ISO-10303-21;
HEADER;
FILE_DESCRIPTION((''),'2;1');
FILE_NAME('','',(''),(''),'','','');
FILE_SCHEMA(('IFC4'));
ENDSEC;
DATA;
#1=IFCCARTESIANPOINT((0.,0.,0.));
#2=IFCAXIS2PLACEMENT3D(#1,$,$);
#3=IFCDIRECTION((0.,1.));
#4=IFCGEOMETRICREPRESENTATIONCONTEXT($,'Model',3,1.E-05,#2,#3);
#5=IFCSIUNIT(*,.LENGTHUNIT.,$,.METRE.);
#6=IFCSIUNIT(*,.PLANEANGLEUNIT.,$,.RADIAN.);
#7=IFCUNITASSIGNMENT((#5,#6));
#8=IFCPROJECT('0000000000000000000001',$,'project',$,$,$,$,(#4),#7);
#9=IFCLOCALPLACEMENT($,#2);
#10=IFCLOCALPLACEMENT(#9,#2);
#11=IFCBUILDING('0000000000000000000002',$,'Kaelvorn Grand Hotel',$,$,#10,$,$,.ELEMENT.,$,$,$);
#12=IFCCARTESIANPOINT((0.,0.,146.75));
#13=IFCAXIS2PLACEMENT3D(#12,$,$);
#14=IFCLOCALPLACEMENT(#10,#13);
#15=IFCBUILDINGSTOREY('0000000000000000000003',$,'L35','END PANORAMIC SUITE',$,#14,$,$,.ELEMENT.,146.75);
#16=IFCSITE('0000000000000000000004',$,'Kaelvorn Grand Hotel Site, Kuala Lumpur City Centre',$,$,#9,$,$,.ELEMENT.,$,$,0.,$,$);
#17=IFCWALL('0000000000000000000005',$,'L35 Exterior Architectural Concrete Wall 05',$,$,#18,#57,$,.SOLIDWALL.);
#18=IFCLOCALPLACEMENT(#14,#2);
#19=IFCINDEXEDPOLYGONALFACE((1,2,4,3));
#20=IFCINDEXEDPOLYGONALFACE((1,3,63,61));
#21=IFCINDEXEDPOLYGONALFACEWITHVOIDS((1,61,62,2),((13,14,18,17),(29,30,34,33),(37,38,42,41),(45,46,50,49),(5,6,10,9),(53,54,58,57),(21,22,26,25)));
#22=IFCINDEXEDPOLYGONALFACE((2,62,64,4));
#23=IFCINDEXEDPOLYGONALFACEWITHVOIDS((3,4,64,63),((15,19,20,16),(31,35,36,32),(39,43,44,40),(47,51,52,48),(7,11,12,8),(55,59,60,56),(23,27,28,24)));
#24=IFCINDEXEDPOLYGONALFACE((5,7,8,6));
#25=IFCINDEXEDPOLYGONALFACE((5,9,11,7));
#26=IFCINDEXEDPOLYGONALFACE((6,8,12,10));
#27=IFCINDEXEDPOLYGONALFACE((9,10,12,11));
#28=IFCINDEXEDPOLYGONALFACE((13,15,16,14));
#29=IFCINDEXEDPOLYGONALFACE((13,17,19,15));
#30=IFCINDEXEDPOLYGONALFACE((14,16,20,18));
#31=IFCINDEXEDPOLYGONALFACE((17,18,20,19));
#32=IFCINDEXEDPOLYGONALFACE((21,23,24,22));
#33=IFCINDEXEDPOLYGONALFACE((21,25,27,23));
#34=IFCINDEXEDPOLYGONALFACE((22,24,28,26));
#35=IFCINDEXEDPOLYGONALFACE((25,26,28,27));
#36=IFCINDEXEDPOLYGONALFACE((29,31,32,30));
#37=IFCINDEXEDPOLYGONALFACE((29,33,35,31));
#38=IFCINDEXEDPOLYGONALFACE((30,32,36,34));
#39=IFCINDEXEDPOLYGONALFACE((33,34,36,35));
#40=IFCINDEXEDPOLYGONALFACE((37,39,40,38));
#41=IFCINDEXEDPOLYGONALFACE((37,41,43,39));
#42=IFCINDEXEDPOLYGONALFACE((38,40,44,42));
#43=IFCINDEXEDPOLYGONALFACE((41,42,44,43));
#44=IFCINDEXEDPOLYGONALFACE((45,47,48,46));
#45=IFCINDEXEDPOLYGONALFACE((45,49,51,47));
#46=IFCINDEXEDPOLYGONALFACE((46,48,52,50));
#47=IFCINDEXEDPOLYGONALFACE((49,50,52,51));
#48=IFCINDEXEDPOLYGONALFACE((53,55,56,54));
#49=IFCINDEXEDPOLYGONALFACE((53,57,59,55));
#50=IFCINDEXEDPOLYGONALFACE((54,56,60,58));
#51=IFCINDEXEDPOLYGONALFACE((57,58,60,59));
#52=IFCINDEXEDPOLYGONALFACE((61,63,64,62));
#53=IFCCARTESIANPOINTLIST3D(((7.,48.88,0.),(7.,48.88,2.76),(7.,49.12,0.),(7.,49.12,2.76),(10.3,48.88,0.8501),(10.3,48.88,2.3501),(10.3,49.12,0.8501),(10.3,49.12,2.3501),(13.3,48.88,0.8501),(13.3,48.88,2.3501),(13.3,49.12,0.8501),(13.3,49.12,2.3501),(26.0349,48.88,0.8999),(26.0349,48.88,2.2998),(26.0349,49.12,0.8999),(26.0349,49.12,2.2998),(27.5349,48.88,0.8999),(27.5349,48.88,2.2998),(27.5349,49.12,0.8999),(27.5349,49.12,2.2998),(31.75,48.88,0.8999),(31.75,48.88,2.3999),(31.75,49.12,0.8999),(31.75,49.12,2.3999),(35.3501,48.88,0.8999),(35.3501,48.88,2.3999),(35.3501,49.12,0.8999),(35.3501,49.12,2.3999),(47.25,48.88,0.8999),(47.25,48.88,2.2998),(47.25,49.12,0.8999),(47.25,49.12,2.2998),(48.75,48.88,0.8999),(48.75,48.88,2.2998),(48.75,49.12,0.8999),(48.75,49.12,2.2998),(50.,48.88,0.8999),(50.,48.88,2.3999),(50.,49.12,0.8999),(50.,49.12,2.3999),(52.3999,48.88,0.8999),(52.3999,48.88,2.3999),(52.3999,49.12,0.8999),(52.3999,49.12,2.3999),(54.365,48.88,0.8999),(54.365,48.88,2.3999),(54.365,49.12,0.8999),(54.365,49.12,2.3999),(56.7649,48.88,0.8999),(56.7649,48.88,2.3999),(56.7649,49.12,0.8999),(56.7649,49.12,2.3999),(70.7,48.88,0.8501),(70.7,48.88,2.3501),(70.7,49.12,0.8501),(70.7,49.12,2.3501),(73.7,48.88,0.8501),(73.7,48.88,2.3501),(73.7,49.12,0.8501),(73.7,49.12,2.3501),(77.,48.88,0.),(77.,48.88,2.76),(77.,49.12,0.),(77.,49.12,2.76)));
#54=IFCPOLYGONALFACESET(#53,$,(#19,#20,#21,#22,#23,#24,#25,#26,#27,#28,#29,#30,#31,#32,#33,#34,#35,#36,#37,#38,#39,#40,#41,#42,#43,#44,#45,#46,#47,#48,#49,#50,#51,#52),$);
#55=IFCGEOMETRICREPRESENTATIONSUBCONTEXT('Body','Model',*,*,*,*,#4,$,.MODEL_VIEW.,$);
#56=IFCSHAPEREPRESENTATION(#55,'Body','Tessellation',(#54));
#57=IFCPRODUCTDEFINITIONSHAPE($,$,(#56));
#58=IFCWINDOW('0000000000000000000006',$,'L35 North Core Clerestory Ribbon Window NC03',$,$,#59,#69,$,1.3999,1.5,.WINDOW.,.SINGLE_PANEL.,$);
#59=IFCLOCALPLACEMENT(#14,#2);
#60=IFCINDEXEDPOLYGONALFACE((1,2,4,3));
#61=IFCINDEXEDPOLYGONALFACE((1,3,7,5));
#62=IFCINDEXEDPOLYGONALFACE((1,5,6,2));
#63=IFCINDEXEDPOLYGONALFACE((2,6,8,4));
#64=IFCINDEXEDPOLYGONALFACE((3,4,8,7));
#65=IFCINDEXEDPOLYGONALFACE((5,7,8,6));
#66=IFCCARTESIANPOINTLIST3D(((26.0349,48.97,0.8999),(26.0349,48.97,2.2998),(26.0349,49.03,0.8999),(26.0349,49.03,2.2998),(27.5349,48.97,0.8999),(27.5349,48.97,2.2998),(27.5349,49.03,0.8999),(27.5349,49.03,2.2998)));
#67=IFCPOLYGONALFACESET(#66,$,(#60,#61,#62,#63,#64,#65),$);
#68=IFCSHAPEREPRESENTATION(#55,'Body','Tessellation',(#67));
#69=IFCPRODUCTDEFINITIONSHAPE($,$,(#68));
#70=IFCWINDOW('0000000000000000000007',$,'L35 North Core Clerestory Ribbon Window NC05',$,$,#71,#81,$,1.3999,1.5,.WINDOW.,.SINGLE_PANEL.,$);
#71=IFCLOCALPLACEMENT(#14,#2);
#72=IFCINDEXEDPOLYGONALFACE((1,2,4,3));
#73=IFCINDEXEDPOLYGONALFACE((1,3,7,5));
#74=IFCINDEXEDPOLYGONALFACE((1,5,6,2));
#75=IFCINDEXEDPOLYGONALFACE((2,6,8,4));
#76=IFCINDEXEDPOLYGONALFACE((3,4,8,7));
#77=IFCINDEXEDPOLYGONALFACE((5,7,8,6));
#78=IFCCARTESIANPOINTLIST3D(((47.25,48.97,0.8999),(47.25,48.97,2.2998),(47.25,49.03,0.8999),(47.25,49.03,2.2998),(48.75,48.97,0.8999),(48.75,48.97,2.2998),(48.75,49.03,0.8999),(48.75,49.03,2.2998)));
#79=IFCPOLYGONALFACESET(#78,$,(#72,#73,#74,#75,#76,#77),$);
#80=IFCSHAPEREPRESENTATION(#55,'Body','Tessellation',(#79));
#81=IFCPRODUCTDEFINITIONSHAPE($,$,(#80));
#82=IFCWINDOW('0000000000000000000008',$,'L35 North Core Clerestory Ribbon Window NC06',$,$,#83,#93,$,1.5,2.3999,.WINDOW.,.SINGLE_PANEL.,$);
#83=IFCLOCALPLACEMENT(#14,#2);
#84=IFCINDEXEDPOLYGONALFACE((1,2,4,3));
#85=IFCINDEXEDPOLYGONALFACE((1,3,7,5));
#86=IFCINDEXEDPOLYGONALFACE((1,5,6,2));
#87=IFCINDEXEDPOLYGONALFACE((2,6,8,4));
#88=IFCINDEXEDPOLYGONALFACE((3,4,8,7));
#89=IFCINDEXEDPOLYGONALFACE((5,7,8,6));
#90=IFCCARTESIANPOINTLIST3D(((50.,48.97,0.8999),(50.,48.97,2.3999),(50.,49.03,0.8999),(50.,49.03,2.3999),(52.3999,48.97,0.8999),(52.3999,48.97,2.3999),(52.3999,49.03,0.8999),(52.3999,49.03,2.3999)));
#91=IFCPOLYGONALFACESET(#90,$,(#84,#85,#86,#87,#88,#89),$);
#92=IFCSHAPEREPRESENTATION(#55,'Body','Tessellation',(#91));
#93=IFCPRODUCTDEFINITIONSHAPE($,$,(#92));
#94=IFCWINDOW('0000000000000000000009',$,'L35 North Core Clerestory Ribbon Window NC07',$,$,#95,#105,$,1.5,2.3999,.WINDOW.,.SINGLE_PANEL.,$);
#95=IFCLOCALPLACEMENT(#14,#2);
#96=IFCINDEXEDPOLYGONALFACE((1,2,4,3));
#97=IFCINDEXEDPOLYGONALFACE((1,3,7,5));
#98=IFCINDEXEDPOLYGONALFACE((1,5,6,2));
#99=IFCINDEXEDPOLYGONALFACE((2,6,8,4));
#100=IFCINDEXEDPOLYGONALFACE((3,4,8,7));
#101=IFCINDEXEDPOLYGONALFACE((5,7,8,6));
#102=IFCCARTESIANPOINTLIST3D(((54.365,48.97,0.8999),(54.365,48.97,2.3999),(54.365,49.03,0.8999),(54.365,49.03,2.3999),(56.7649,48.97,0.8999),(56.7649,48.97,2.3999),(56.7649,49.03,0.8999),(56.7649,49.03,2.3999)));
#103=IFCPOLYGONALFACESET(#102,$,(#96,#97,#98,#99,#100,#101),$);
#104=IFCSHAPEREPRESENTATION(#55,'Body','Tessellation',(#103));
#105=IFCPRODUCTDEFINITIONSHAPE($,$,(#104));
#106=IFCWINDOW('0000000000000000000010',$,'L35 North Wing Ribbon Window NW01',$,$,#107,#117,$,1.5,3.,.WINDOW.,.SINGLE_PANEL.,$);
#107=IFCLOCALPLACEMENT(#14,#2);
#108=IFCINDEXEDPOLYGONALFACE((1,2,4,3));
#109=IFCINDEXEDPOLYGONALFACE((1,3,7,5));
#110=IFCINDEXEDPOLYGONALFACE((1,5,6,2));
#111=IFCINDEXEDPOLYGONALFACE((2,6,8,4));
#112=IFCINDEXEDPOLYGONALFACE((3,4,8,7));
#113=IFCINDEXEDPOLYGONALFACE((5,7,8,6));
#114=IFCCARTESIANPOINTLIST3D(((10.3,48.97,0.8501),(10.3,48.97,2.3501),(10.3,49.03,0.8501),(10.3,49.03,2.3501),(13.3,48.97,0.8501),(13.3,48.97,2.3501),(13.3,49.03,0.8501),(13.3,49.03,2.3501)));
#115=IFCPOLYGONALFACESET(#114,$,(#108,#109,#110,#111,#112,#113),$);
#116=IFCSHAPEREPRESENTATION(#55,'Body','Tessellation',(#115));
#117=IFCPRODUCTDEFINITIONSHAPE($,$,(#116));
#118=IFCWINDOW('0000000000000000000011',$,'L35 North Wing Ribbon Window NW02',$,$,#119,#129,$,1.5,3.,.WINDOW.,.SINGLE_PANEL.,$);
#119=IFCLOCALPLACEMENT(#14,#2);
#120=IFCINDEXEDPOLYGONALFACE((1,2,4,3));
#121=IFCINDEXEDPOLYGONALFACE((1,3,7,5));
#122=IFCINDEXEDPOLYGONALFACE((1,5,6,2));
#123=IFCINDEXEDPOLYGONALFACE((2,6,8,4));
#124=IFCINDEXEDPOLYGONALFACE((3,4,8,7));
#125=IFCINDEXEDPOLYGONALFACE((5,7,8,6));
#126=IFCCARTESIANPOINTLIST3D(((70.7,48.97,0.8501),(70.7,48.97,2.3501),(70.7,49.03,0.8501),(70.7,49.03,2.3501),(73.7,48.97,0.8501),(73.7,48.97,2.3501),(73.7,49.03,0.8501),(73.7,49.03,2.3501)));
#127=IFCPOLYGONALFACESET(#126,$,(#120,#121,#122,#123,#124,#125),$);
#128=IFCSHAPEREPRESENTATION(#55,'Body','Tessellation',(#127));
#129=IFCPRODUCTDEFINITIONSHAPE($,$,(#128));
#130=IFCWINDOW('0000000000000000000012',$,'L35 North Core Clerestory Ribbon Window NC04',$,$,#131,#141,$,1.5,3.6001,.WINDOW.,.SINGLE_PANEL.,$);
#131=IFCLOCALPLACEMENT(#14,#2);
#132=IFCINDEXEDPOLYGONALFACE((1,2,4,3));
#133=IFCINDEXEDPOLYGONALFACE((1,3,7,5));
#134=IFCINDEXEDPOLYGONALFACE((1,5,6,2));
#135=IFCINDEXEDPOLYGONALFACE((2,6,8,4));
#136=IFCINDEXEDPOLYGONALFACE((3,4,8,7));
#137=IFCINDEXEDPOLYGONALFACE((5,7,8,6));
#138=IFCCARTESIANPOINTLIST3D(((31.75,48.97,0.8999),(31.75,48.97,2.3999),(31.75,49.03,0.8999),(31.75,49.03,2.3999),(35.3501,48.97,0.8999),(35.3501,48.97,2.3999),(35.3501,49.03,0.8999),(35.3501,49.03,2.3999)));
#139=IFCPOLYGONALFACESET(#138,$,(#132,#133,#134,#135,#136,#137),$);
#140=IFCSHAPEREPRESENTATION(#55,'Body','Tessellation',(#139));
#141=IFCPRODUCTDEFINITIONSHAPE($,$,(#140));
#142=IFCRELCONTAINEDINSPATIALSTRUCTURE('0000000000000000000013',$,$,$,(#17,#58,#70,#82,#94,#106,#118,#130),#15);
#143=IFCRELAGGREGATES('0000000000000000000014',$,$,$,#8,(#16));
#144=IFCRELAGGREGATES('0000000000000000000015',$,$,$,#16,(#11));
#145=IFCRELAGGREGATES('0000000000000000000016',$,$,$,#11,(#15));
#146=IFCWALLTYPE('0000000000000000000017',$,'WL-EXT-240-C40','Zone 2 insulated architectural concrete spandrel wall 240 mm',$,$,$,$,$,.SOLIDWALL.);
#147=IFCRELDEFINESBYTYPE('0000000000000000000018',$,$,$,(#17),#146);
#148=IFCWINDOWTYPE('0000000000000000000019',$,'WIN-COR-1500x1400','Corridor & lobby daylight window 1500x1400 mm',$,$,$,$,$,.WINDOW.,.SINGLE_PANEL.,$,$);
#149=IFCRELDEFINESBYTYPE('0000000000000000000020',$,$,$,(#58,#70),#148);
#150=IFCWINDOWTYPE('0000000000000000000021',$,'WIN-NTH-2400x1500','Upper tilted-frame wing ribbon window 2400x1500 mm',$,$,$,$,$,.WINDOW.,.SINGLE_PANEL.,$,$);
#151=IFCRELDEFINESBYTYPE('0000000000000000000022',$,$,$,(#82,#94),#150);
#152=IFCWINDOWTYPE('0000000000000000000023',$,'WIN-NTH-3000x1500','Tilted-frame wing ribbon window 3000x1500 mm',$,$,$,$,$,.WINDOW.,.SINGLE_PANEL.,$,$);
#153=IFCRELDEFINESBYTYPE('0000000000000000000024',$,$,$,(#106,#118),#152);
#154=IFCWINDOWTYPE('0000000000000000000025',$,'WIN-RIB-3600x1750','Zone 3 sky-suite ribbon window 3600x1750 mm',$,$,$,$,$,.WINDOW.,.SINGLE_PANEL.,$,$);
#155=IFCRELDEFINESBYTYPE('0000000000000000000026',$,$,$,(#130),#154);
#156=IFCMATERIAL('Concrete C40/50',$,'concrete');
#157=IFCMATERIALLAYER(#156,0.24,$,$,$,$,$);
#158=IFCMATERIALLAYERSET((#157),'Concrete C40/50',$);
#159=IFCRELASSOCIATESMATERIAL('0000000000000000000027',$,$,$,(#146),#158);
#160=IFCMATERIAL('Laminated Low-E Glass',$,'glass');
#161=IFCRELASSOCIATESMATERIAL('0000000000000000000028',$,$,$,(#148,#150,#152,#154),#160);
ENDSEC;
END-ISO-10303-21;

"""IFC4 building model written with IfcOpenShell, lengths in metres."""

from ifc_helpers import new_model, si_unit, direction, frame, frame_2d, origin, place, context, subcontext, project, spatial, rectangle, extrude, material, layer, layer_set, type_object, element, fill, save


model = new_model("IFC4")

# Units and contexts
model_context = context("Model", 3, precision=1e-05, world=origin(), true_north=direction((0.0, 1.0)))
body_context = subcontext(model_context, "Body", "Model", "MODEL_VIEW")
ifc_project = project(units=[si_unit("LENGTHUNIT", "METRE"), si_unit("PLANEANGLEUNIT", "RADIAN")], contexts=[model_context])

# Site, building, storey
site_placement = place(None, origin())
site = spatial("IfcSite", under=ifc_project, at=site_placement, Name="Kaelvorn Grand Hotel Site, Kuala Lumpur City Centre", CompositionType="ELEMENT", RefElevation=0.0)
building_placement = place(site_placement, origin())
building = spatial("IfcBuilding", under=site, at=building_placement, Name="Kaelvorn Grand Hotel", CompositionType="ELEMENT")
storey_placement = place(building_placement, frame((0.0, 0.0, 146.75)))
storey = spatial("IfcBuildingStorey", under=building, at=storey_placement, Name="L35", Description="END PANORAMIC SUITE", CompositionType="ELEMENT", Elevation=146.75)

# Shared definitions
ifc_material_1 = material(Name="Concrete C40/50", Category="concrete")
ifc_layer_1 = layer(ifc_material_1, 0.24)
ifc_layer_set_1 = layer_set([ifc_layer_1], Name="Concrete C40/50")
wall_type = type_object("IfcWallType", Name="WL-EXT-240-C40", Description="Zone 2 insulated architectural concrete spandrel wall 240 mm", PredefinedType="SOLIDWALL", material=ifc_layer_set_1)
ifc_material_2 = material(Name="Laminated Low-E Glass", Category="glass")

# Wall, openings, windows
wall_1_placement = place(storey_placement, frame((77.0, 49.0, 0.0), z_axis=(0.0, 0.0, 1.0), x_axis=(-1.0, 0.0, 0.0)))
wall_1 = element("IfcWall", 1, at=wall_1_placement, inside=storey, type_object=wall_type, Name="L35 Exterior Architectural Concrete Wall 05", PredefinedType="SOLIDWALL", context=body_context, shape_type="SweptSolid", body=[
    extrude(rectangle(XDim=70.0, YDim=0.24, at=frame_2d((35.0, 0.0))), origin(), (0.0, 0.0, 1.0), 2.76),
])
opening_1_placement = place(wall_1_placement, frame((63.7, 0.0, 0.8501)))
opening_1 = element("IfcOpeningElement", 2, at=opening_1_placement, cuts=wall_1, PredefinedType="OPENING", context=body_context, shape_type="SweptSolid", body=[
    extrude(rectangle(XDim=3.0, YDim=1.5, at=frame_2d((1.5, 0.75))), frame((0.0, 0.1299, 0.0), z_axis=(0.0, -1.0, 0.0), x_axis=(1.0, 0.0, 0.0)), (0.0, 0.0, 1.0), 0.26),
])
opening_2_placement = place(wall_1_placement, frame((3.3, 0.0, 0.8501)))
opening_2 = element("IfcOpeningElement", 3, at=opening_2_placement, cuts=wall_1, PredefinedType="OPENING", context=body_context, shape_type="SweptSolid", body=[
    extrude(rectangle(XDim=3.0, YDim=1.5, at=frame_2d((1.5, 0.75))), frame((0.0, 0.1299, 0.0), z_axis=(0.0, -1.0, 0.0), x_axis=(1.0, 0.0, 0.0)), (0.0, 0.0, 1.0), 0.26),
])
opening_3_placement = place(wall_1_placement, frame((49.4651, 0.0, 0.8999)))
opening_3 = element("IfcOpeningElement", 4, at=opening_3_placement, cuts=wall_1, PredefinedType="OPENING", context=body_context, shape_type="SweptSolid", body=[
    extrude(rectangle(XDim=1.5, YDim=1.3999, at=frame_2d((0.75, 0.7))), frame((0.0, 0.1299, 0.0), z_axis=(0.0, -1.0, 0.0), x_axis=(1.0, 0.0, 0.0)), (0.0, 0.0, 1.0), 0.26),
])
opening_4_placement = place(wall_1_placement, frame((41.6499, 0.0, 0.8999)))
opening_4 = element("IfcOpeningElement", 5, at=opening_4_placement, cuts=wall_1, PredefinedType="OPENING", context=body_context, shape_type="SweptSolid", body=[
    extrude(rectangle(XDim=3.6001, YDim=1.5, at=frame_2d((1.8, 0.75))), frame((0.0, 0.1299, 0.0), z_axis=(0.0, -1.0, 0.0), x_axis=(1.0, 0.0, 0.0)), (0.0, 0.0, 1.0), 0.26),
])
opening_5_placement = place(wall_1_placement, frame((28.25, 0.0, 0.8999)))
opening_5 = element("IfcOpeningElement", 6, at=opening_5_placement, cuts=wall_1, PredefinedType="OPENING", context=body_context, shape_type="SweptSolid", body=[
    extrude(rectangle(XDim=1.5, YDim=1.3999, at=frame_2d((0.75, 0.7))), frame((0.0, 0.1299, 0.0), z_axis=(0.0, -1.0, 0.0), x_axis=(1.0, 0.0, 0.0)), (0.0, 0.0, 1.0), 0.26),
])
opening_6_placement = place(wall_1_placement, frame((24.6001, 0.0, 0.8999)))
opening_6 = element("IfcOpeningElement", 7, at=opening_6_placement, cuts=wall_1, PredefinedType="OPENING", context=body_context, shape_type="SweptSolid", body=[
    extrude(rectangle(XDim=2.3999, YDim=1.5, at=frame_2d((1.2, 0.75))), frame((0.0, 0.1299, 0.0), z_axis=(0.0, -1.0, 0.0), x_axis=(1.0, 0.0, 0.0)), (0.0, 0.0, 1.0), 0.26),
])
opening_7_placement = place(wall_1_placement, frame((20.2351, 0.0, 0.8999)))
opening_7 = element("IfcOpeningElement", 8, at=opening_7_placement, cuts=wall_1, PredefinedType="OPENING", context=body_context, shape_type="SweptSolid", body=[
    extrude(rectangle(XDim=2.3999, YDim=1.5, at=frame_2d((1.2, 0.75))), frame((0.0, 0.1299, 0.0), z_axis=(0.0, -1.0, 0.0), x_axis=(1.0, 0.0, 0.0)), (0.0, 0.0, 1.0), 0.26),
])
window_type_1 = type_object("IfcWindowType", Name="WIN-COR-1500x1400", Description="Corridor & lobby daylight window 1500x1400 mm", PartitioningType="SINGLE_PANEL", PredefinedType="WINDOW", material=ifc_material_2)
window_1_placement = place(opening_3_placement, origin())
window_1 = element("IfcWindow", 9, at=window_1_placement, inside=storey, type_object=window_type_1, Name="L35 North Core Clerestory Ribbon Window NC03", OverallHeight=1.3999, OverallWidth=1.5, PartitioningType="SINGLE_PANEL", PredefinedType="WINDOW", context=body_context, shape_type="SweptSolid", body=[
    extrude(rectangle(XDim=1.5, YDim=1.3999, at=frame_2d((0.75, 0.7))), frame((0.0, 0.03, 0.0), z_axis=(0.0, -1.0, 0.0), x_axis=(1.0, 0.0, 0.0)), (0.0, 0.0, 1.0), 0.0601),
])
fill(opening_3, window_1)
window_2_placement = place(opening_5_placement, origin())
window_2 = element("IfcWindow", 10, at=window_2_placement, inside=storey, type_object=window_type_1, Name="L35 North Core Clerestory Ribbon Window NC05", OverallHeight=1.3999, OverallWidth=1.5, PartitioningType="SINGLE_PANEL", PredefinedType="WINDOW", context=body_context, shape_type="SweptSolid", body=[
    extrude(rectangle(XDim=1.5, YDim=1.3999, at=frame_2d((0.75, 0.7))), frame((0.0, 0.03, 0.0), z_axis=(0.0, -1.0, 0.0), x_axis=(1.0, 0.0, 0.0)), (0.0, 0.0, 1.0), 0.0601),
])
fill(opening_5, window_2)
window_type_2 = type_object("IfcWindowType", Name="WIN-NTH-2400x1500", Description="Upper tilted-frame wing ribbon window 2400x1500 mm", PartitioningType="SINGLE_PANEL", PredefinedType="WINDOW", material=ifc_material_2)
window_3_placement = place(opening_6_placement, origin())
window_3 = element("IfcWindow", 11, at=window_3_placement, inside=storey, type_object=window_type_2, Name="L35 North Core Clerestory Ribbon Window NC06", OverallHeight=1.5, OverallWidth=2.3999, PartitioningType="SINGLE_PANEL", PredefinedType="WINDOW", context=body_context, shape_type="SweptSolid", body=[
    extrude(rectangle(XDim=2.3999, YDim=1.5, at=frame_2d((1.2, 0.75))), frame((0.0, 0.03, 0.0), z_axis=(0.0, -1.0, 0.0), x_axis=(1.0, 0.0, 0.0)), (0.0, 0.0, 1.0), 0.0601),
])
fill(opening_6, window_3)
window_4_placement = place(opening_7_placement, origin())
window_4 = element("IfcWindow", 12, at=window_4_placement, inside=storey, type_object=window_type_2, Name="L35 North Core Clerestory Ribbon Window NC07", OverallHeight=1.5, OverallWidth=2.3999, PartitioningType="SINGLE_PANEL", PredefinedType="WINDOW", context=body_context, shape_type="SweptSolid", body=[
    extrude(rectangle(XDim=2.3999, YDim=1.5, at=frame_2d((1.2, 0.75))), frame((0.0, 0.03, 0.0), z_axis=(0.0, -1.0, 0.0), x_axis=(1.0, 0.0, 0.0)), (0.0, 0.0, 1.0), 0.0601),
])
fill(opening_7, window_4)
window_type_3 = type_object("IfcWindowType", Name="WIN-NTH-3000x1500", Description="Tilted-frame wing ribbon window 3000x1500 mm", PartitioningType="SINGLE_PANEL", PredefinedType="WINDOW", material=ifc_material_2)
window_5_placement = place(opening_1_placement, origin())
window_5 = element("IfcWindow", 13, at=window_5_placement, inside=storey, type_object=window_type_3, Name="L35 North Wing Ribbon Window NW01", OverallHeight=1.5, OverallWidth=3.0, PartitioningType="SINGLE_PANEL", PredefinedType="WINDOW", context=body_context, shape_type="SweptSolid", body=[
    extrude(rectangle(XDim=3.0, YDim=1.5, at=frame_2d((1.5, 0.75))), frame((0.0, 0.03, 0.0), z_axis=(0.0, -1.0, 0.0), x_axis=(1.0, 0.0, 0.0)), (0.0, 0.0, 1.0), 0.0601),
])
fill(opening_1, window_5)
window_6_placement = place(opening_2_placement, origin())
window_6 = element("IfcWindow", 14, at=window_6_placement, inside=storey, type_object=window_type_3, Name="L35 North Wing Ribbon Window NW02", OverallHeight=1.5, OverallWidth=3.0, PartitioningType="SINGLE_PANEL", PredefinedType="WINDOW", context=body_context, shape_type="SweptSolid", body=[
    extrude(rectangle(XDim=3.0, YDim=1.5, at=frame_2d((1.5, 0.75))), frame((0.0, 0.03, 0.0), z_axis=(0.0, -1.0, 0.0), x_axis=(1.0, 0.0, 0.0)), (0.0, 0.0, 1.0), 0.0601),
])
fill(opening_2, window_6)
window_type_4 = type_object("IfcWindowType", Name="WIN-RIB-3600x1750", Description="Zone 3 sky-suite ribbon window 3600x1750 mm", PartitioningType="SINGLE_PANEL", PredefinedType="WINDOW", material=ifc_material_2)
window_7_placement = place(opening_4_placement, origin())
window_7 = element("IfcWindow", 15, at=window_7_placement, inside=storey, type_object=window_type_4, Name="L35 North Core Clerestory Ribbon Window NC04", OverallHeight=1.5, OverallWidth=3.6001, PartitioningType="SINGLE_PANEL", PredefinedType="WINDOW", context=body_context, shape_type="SweptSolid", body=[
    extrude(rectangle(XDim=3.6001, YDim=1.5, at=frame_2d((1.8, 0.75))), frame((0.0, 0.03, 0.0), z_axis=(0.0, -1.0, 0.0), x_axis=(1.0, 0.0, 0.0)), (0.0, 0.0, 1.0), 0.0601),
])
fill(opening_4, window_7)

save(model, "model.ifc")
